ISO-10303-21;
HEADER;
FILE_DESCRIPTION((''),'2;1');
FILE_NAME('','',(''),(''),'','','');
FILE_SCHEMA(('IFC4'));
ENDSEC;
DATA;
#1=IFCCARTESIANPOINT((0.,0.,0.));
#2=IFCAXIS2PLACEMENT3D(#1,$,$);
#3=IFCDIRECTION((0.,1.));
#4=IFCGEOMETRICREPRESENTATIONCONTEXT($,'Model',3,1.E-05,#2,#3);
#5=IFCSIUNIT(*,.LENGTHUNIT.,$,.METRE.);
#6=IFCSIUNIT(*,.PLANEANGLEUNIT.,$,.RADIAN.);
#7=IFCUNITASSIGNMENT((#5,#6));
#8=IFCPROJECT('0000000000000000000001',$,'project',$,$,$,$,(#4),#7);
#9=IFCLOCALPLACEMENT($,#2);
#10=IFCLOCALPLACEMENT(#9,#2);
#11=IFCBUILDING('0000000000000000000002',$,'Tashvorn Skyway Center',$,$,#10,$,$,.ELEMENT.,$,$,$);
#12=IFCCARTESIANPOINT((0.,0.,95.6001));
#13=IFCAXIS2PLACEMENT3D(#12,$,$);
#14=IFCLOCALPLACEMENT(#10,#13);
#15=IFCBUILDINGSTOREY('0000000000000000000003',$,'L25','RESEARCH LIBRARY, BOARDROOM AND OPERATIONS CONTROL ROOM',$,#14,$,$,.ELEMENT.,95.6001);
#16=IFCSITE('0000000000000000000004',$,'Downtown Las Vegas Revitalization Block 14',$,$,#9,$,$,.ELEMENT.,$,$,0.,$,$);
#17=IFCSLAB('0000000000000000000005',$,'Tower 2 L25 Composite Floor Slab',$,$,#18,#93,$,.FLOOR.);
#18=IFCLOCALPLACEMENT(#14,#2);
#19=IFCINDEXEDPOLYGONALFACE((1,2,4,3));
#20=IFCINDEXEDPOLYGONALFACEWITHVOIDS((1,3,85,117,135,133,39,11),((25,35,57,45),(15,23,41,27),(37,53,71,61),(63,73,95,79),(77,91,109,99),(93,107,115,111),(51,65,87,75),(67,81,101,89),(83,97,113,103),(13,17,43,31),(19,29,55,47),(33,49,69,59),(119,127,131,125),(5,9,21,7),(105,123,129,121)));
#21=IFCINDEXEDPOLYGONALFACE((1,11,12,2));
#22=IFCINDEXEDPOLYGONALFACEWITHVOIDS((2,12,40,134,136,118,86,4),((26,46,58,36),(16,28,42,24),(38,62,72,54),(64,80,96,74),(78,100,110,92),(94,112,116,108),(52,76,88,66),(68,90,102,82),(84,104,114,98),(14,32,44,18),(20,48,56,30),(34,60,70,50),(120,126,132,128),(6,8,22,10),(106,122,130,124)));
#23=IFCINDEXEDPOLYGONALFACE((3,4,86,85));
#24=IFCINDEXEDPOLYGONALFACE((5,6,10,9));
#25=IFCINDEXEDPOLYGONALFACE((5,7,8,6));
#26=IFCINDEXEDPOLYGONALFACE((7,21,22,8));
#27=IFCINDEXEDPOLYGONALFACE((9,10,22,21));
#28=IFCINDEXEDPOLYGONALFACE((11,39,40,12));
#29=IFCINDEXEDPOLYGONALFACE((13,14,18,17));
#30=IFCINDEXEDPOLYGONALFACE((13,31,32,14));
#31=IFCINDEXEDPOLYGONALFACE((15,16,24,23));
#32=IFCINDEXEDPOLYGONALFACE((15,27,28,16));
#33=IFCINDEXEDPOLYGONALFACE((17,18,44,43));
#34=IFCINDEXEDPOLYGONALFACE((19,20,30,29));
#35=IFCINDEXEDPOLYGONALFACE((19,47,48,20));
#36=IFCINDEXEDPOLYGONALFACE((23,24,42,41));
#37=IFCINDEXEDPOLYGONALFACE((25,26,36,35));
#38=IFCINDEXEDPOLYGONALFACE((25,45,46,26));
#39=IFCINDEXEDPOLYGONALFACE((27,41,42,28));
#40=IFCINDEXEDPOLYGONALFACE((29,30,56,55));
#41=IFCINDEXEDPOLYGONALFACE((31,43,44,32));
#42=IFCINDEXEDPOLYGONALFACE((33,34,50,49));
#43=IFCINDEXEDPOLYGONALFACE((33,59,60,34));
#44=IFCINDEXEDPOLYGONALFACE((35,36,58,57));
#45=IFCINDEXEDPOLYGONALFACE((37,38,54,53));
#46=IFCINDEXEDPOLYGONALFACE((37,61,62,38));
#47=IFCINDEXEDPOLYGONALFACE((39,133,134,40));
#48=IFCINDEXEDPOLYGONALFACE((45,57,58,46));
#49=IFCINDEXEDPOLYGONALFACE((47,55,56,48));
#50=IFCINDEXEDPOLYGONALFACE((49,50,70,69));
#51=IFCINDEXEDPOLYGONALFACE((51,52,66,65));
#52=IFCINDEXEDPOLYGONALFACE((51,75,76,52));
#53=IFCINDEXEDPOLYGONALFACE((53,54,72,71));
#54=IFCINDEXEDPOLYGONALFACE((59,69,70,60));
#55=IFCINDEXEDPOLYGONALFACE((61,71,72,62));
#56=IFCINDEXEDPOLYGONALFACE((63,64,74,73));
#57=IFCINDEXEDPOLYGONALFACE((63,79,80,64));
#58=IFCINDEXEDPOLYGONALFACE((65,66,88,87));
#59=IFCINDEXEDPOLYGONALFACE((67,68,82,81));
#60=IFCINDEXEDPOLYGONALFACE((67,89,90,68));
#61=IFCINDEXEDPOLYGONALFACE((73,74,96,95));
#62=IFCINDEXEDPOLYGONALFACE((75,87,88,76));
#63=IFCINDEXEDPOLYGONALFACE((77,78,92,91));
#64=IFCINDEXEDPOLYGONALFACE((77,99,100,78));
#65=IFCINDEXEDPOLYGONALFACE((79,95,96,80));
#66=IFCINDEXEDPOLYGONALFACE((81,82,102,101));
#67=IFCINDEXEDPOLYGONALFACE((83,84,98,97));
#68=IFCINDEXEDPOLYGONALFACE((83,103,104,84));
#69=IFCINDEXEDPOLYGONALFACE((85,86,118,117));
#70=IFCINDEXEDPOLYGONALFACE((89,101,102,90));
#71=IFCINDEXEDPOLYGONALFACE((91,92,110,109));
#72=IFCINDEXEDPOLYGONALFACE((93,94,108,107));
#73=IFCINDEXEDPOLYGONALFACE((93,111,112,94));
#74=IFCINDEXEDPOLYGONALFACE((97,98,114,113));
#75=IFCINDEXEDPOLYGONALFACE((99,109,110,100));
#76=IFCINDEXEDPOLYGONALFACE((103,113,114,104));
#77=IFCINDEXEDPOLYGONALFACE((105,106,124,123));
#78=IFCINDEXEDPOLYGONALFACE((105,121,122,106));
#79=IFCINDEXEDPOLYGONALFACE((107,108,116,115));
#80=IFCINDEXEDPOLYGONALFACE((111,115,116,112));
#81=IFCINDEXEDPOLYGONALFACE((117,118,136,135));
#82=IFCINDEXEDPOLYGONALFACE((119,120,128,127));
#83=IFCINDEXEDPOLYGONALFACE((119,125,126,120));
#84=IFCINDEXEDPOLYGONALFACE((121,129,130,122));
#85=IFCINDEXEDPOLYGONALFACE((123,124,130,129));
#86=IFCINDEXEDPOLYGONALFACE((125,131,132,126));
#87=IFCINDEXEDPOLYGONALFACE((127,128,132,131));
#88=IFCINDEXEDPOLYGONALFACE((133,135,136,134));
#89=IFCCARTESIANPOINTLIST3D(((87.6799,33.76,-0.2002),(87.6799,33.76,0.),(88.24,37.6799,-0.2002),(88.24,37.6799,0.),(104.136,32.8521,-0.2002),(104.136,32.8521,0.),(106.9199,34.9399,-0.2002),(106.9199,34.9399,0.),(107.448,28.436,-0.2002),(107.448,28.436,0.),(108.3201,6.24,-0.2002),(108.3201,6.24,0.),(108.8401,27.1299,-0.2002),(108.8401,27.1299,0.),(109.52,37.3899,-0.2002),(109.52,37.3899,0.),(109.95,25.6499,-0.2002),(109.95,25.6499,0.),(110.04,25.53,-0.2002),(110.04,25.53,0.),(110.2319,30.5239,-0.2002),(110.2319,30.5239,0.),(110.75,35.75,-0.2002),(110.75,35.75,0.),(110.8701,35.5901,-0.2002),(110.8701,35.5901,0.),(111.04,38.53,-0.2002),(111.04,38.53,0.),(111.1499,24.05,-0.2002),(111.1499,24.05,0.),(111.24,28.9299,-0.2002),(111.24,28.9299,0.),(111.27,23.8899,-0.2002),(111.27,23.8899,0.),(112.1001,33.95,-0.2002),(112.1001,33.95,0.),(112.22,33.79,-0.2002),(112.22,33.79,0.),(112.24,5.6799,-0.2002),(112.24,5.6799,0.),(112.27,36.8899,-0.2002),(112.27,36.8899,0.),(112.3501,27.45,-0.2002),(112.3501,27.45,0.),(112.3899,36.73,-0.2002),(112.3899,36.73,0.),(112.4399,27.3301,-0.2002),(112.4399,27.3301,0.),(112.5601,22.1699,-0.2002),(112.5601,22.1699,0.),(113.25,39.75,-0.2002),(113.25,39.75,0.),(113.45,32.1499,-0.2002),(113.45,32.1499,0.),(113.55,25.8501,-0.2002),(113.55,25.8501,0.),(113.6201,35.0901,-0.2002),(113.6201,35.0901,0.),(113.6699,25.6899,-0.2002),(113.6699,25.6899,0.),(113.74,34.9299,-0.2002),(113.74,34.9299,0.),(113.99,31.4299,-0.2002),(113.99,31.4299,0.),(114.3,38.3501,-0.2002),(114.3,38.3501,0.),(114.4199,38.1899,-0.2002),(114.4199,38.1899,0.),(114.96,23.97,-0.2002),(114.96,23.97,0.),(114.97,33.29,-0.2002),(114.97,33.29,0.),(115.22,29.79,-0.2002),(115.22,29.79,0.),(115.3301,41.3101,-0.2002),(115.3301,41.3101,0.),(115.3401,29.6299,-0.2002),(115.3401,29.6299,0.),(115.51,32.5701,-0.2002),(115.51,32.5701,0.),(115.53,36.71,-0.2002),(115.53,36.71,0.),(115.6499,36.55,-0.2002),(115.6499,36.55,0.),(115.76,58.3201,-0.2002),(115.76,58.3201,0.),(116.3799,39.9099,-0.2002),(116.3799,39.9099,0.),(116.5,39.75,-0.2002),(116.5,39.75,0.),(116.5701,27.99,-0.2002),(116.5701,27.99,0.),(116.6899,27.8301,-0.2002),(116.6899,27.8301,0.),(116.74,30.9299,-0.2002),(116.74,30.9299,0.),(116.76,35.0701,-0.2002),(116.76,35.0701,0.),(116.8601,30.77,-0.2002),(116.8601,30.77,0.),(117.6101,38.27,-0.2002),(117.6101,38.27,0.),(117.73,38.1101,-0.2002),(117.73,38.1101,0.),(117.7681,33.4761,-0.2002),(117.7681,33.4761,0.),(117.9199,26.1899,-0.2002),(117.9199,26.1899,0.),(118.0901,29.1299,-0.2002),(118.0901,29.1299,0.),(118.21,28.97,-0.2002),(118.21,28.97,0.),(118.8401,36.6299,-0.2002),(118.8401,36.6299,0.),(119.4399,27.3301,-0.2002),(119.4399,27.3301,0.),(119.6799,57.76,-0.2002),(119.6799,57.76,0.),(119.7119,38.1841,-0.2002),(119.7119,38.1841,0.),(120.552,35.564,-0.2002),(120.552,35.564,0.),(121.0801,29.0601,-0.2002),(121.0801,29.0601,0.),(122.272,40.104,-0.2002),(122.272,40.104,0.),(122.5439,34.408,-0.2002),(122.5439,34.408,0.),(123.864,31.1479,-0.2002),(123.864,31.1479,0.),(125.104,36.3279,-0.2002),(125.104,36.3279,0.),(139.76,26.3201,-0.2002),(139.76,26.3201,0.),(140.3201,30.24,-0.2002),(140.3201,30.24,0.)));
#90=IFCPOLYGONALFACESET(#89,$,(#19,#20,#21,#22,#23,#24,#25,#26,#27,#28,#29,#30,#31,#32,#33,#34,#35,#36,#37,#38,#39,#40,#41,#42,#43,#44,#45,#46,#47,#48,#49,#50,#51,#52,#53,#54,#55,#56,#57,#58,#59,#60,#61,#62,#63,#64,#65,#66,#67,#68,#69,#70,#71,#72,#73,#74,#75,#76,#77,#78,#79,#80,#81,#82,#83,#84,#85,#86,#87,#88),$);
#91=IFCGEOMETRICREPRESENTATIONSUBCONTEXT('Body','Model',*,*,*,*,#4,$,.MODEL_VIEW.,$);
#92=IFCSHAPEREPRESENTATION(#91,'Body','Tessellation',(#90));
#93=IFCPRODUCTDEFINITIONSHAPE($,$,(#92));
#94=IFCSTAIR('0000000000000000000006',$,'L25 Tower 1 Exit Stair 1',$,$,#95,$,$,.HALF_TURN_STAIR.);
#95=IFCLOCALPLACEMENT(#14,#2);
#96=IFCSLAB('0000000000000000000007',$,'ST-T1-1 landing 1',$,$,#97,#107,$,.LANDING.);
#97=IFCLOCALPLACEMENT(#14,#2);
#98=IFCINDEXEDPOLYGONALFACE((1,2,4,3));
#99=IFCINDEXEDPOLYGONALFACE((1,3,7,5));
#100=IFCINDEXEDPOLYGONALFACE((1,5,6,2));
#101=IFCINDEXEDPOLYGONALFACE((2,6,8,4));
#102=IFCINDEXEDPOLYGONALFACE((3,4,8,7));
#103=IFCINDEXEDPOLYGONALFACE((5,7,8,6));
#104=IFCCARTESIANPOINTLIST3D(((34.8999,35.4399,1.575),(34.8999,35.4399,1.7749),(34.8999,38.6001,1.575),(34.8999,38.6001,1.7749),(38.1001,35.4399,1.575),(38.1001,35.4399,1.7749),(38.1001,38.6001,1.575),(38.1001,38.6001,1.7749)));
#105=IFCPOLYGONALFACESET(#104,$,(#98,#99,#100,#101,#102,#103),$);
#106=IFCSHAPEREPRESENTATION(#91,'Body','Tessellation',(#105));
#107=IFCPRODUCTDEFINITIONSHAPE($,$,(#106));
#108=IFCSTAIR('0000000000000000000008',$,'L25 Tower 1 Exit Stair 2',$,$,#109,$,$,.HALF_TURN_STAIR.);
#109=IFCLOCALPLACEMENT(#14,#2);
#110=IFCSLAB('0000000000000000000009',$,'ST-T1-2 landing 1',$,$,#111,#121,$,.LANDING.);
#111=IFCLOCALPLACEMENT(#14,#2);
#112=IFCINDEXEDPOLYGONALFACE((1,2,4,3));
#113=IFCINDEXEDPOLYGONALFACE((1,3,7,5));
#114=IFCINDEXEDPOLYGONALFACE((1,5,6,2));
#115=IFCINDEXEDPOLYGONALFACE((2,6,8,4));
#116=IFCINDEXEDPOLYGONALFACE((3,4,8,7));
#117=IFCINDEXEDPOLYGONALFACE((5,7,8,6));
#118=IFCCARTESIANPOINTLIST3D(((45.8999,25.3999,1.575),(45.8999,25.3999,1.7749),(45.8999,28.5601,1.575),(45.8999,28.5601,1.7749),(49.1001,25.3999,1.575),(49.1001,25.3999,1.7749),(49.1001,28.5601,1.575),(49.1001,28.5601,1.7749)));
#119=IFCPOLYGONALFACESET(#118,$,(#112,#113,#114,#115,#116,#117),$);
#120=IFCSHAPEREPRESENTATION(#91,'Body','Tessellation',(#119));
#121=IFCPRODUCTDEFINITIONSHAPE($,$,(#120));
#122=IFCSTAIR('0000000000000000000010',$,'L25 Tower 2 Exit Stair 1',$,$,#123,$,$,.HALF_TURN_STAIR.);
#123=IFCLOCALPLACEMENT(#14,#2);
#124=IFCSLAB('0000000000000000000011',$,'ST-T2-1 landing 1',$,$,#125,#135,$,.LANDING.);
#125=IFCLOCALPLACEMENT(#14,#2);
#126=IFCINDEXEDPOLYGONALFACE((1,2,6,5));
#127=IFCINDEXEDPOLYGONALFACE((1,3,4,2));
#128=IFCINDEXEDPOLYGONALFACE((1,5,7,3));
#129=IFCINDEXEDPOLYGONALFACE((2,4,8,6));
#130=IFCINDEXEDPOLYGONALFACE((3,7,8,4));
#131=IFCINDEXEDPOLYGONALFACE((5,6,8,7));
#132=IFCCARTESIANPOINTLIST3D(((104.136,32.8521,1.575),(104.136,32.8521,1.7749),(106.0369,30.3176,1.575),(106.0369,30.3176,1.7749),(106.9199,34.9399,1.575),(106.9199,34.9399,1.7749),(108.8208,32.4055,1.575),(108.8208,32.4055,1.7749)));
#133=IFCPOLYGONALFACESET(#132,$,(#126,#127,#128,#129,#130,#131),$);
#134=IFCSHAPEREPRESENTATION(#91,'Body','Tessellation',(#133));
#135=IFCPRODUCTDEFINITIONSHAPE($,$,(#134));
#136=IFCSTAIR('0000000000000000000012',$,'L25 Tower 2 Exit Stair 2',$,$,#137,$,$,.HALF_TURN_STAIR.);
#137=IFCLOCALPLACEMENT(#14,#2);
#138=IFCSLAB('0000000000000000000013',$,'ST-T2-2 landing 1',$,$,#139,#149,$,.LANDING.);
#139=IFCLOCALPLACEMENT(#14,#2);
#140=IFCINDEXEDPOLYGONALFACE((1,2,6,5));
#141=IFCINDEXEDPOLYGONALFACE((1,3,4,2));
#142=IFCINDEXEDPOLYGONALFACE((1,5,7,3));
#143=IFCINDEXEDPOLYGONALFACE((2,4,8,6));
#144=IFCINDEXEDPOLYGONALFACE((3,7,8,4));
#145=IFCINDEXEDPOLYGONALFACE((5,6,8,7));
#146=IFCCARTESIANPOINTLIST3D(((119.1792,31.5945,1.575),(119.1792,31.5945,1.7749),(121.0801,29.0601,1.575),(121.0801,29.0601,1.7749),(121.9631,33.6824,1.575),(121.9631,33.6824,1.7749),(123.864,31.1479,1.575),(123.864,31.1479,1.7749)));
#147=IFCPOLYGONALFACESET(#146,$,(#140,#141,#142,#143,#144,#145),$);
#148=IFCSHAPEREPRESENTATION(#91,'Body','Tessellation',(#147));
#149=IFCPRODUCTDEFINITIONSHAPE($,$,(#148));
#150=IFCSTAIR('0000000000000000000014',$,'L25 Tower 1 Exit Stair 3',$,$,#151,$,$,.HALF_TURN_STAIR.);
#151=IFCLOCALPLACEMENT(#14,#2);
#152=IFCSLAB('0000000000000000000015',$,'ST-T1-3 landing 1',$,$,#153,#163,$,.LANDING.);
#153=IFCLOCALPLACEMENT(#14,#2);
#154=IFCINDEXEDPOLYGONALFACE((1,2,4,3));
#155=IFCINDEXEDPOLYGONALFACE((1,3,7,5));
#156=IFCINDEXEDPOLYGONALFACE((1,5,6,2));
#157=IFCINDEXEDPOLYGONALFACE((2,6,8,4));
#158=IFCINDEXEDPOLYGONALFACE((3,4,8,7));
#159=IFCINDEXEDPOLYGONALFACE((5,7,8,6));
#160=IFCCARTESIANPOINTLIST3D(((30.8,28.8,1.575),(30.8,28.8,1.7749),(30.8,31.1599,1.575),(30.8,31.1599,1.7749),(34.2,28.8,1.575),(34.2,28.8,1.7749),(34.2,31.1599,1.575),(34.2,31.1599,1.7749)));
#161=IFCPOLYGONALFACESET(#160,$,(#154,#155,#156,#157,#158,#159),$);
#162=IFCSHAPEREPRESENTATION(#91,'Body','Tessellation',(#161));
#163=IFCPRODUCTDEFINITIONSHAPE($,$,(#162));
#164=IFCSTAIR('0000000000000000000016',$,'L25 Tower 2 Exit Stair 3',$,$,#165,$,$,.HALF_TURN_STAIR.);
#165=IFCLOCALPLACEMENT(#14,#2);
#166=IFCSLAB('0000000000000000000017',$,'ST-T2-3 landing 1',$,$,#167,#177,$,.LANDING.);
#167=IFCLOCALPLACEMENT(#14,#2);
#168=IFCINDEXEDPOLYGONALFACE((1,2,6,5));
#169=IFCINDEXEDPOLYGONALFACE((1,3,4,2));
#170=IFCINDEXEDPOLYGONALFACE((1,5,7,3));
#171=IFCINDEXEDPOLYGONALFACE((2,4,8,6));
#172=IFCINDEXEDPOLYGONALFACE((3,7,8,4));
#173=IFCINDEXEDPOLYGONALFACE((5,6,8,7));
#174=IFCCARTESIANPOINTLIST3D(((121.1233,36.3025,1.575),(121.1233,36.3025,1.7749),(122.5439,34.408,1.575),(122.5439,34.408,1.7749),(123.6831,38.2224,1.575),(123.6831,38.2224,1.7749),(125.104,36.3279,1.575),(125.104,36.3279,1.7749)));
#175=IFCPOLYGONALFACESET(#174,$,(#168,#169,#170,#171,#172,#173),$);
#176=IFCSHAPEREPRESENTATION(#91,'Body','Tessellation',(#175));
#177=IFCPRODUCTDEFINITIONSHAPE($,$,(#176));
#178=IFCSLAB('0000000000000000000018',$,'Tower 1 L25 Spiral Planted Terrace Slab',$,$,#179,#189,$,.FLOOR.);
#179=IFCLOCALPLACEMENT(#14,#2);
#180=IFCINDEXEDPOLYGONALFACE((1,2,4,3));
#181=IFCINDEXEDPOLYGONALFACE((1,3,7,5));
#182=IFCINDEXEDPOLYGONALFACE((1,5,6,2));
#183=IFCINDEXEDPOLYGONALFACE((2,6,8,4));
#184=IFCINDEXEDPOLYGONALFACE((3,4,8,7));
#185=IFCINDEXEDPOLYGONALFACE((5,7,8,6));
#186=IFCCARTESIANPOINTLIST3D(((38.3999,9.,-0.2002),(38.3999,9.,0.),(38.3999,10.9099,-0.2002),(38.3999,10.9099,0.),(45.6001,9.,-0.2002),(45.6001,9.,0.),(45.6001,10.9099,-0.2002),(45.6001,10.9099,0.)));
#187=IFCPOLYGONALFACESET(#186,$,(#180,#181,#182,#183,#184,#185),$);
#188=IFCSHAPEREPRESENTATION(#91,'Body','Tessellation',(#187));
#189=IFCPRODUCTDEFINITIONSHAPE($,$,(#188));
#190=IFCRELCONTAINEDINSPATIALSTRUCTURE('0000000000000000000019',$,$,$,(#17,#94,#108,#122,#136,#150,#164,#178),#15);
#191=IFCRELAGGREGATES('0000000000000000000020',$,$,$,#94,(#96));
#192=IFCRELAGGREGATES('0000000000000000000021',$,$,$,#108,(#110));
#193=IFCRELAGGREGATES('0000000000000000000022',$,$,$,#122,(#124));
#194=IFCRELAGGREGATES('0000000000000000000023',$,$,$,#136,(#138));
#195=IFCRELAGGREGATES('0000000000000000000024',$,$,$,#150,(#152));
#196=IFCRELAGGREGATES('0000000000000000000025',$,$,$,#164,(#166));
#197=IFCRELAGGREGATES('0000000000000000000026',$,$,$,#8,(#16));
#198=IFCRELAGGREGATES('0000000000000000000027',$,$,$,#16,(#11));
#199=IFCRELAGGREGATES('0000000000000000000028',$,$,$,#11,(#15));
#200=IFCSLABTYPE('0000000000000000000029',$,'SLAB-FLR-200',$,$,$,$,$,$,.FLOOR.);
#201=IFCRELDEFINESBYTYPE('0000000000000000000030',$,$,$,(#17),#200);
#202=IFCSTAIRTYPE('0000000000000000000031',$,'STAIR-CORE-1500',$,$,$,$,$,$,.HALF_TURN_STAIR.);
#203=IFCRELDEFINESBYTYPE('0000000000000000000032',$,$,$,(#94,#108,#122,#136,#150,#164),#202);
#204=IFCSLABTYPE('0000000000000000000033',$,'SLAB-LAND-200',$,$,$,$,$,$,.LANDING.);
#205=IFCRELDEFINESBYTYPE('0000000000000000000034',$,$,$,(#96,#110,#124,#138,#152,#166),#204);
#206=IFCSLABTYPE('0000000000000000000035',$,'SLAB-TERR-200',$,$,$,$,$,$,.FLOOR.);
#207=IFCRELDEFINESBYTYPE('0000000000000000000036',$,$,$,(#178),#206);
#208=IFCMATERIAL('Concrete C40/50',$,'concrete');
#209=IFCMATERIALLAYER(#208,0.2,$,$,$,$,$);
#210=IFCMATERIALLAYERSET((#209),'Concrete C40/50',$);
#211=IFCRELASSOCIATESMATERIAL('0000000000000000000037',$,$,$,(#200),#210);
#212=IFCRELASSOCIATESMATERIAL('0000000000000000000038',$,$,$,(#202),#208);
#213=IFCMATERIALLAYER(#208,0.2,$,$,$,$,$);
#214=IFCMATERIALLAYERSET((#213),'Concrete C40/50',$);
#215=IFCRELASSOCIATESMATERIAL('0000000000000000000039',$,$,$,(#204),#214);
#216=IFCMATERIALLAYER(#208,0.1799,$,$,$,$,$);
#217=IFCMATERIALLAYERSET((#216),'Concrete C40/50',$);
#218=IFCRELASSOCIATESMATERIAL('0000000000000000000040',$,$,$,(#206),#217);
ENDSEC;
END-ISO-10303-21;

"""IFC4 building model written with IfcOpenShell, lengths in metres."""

from ifc_helpers import new_model, si_unit, direction, frame, origin, place, context, subcontext, project, spatial, polyline, outline, extrude, material, layer, layer_set, type_object, element, aggregate, save


model = new_model("IFC4")

# Units and contexts
model_context = context("Model", 3, precision=1e-05, world=origin(), true_north=direction((0.0, 1.0)))
body_context = subcontext(model_context, "Body", "Model", "MODEL_VIEW")
ifc_project = project(units=[si_unit("LENGTHUNIT", "METRE"), si_unit("PLANEANGLEUNIT", "RADIAN")], contexts=[model_context])

# Site, building, storey
site_placement = place(None, origin())
site = spatial("IfcSite", under=ifc_project, at=site_placement, Name="Downtown Las Vegas Revitalization Block 14", CompositionType="ELEMENT", RefElevation=0.0)
building_placement = place(site_placement, origin())
building = spatial("IfcBuilding", under=site, at=building_placement, Name="Tashvorn Skyway Center", CompositionType="ELEMENT")
storey_placement = place(building_placement, frame((0.0, 0.0, 95.6001)))
storey = spatial("IfcBuildingStorey", under=building, at=storey_placement, Name="L25", Description="RESEARCH LIBRARY, BOARDROOM AND OPERATIONS CONTROL ROOM", CompositionType="ELEMENT", Elevation=95.6001)

# Slab
ifc_material_1 = material(Name="Concrete C40/50", Category="concrete")
ifc_layer_1 = layer(ifc_material_1, 0.2)
ifc_layer_set_1 = layer_set([ifc_layer_1], Name="Concrete C40/50")
slab_type_1 = type_object("IfcSlabType", Name="SLAB-FLR-200", PredefinedType="FLOOR", material=ifc_layer_set_1)
slab_1_placement = place(storey_placement, frame((0.0, 0.0, -0.2002)))
element("IfcSlab", 1, at=slab_1_placement, inside=storey, type_object=slab_type_1, Name="Tower 2 L25 Composite Floor Slab", PredefinedType="FLOOR", context=body_context, shape_type="SweptSolid", body=[
    extrude(outline(polyline([(112.24, 5.6799), (139.76, 26.3201), (140.3201, 30.24), (119.6799, 57.76), (115.76, 58.3201), (88.24, 37.6799), (87.6799, 33.76), (108.3201, 6.24), (112.24, 5.6799)]), holes=[polyline([(110.2319, 30.5239), (106.9199, 34.9399), (104.136, 32.8521), (107.448, 28.436), (110.2319, 30.5239)]), polyline([(117.7681, 33.4761), (121.0801, 29.0601), (123.864, 31.1479), (120.552, 35.564), (117.7681, 33.4761)]), polyline([(119.7119, 38.1841), (122.5439, 34.408), (125.104, 36.3279), (122.272, 40.104), (119.7119, 38.1841)]), polyline([(109.95, 25.6499), (112.3501, 27.45), (111.24, 28.9299), (108.8401, 27.1299), (109.95, 25.6499)]), polyline([(111.1499, 24.05), (113.55, 25.8501), (112.4399, 27.3301), (110.04, 25.53), (111.1499, 24.05)]), polyline([(112.5601, 22.1699), (114.96, 23.97), (113.6699, 25.6899), (111.27, 23.8899), (112.5601, 22.1699)]), polyline([(117.9199, 26.1899), (119.4399, 27.3301), (118.21, 28.97), (116.6899, 27.8301), (117.9199, 26.1899)]), polyline([(116.5701, 27.99), (118.0901, 29.1299), (116.8601, 30.77), (115.3401, 29.6299), (116.5701, 27.99)]), polyline([(115.22, 29.79), (116.74, 30.9299), (115.51, 32.5701), (113.99, 31.4299), (115.22, 29.79)]), polyline([(113.45, 32.1499), (114.97, 33.29), (113.74, 34.9299), (112.22, 33.79), (113.45, 32.1499)]), polyline([(112.1001, 33.95), (113.6201, 35.0901), (112.3899, 36.73), (110.8701, 35.5901), (112.1001, 33.95)]), polyline([(110.75, 35.75), (112.27, 36.8899), (111.04, 38.53), (109.52, 37.3899), (110.75, 35.75)]), polyline([(116.76, 35.0701), (118.8401, 36.6299), (117.73, 38.1101), (115.6499, 36.55), (116.76, 35.0701)]), polyline([(115.53, 36.71), (117.6101, 38.27), (116.5, 39.75), (114.4199, 38.1899), (115.53, 36.71)]), polyline([(114.3, 38.3501), (116.3799, 39.9099), (115.3301, 41.3101), (113.25, 39.75), (114.3, 38.3501)])]), origin(), (0.0, 0.0, 1.0), 0.2002),
])

# Stairs, slabs
stair_type = type_object("IfcStairType", Name="STAIR-CORE-1500", PredefinedType="HALF_TURN_STAIR", material=ifc_material_1)
stair_1_placement = place(storey_placement, origin())
stair_1 = element("IfcStair", 2, at=stair_1_placement, inside=storey, type_object=stair_type, Name="L25 Tower 1 Exit Stair 1", PredefinedType="HALF_TURN_STAIR")
ifc_layer_2 = layer(ifc_material_1, 0.2)
ifc_layer_set_2 = layer_set([ifc_layer_2], Name="Concrete C40/50")
slab_type_2 = type_object("IfcSlabType", Name="SLAB-LAND-200", PredefinedType="LANDING", material=ifc_layer_set_2)
slab_2_placement = place(storey_placement, frame((0.0, 0.0, 1.575)))
slab_2 = element("IfcSlab", 3, at=slab_2_placement, type_object=slab_type_2, Name="ST-T1-1 landing 1", PredefinedType="LANDING", context=body_context, shape_type="SweptSolid", body=[
    extrude(outline(polyline([(38.1001, 35.4399), (38.1001, 38.6001), (34.8999, 38.6001), (34.8999, 35.4399), (38.1001, 35.4399)])), origin(), (0.0, 0.0, 1.0), 0.2),
])
aggregate(stair_1, [slab_2])
stair_2_placement = place(storey_placement, origin())
stair_2 = element("IfcStair", 4, at=stair_2_placement, inside=storey, type_object=stair_type, Name="L25 Tower 1 Exit Stair 2", PredefinedType="HALF_TURN_STAIR")
slab_3_placement = place(storey_placement, frame((0.0, 0.0, 1.575)))
slab_3 = element("IfcSlab", 5, at=slab_3_placement, type_object=slab_type_2, Name="ST-T1-2 landing 1", PredefinedType="LANDING", context=body_context, shape_type="SweptSolid", body=[
    extrude(outline(polyline([(45.8999, 28.5601), (45.8999, 25.3999), (49.1001, 25.3999), (49.1001, 28.5601), (45.8999, 28.5601)])), origin(), (0.0, 0.0, 1.0), 0.2),
])
aggregate(stair_2, [slab_3])
stair_3_placement = place(storey_placement, origin())
stair_3 = element("IfcStair", 6, at=stair_3_placement, inside=storey, type_object=stair_type, Name="L25 Tower 2 Exit Stair 1", PredefinedType="HALF_TURN_STAIR")
slab_4_placement = place(storey_placement, frame((0.0, 0.0, 1.575)))
slab_4 = element("IfcSlab", 7, at=slab_4_placement, type_object=slab_type_2, Name="ST-T2-1 landing 1", PredefinedType="LANDING", context=body_context, shape_type="SweptSolid", body=[
    extrude(outline(polyline([(108.8208, 32.4055), (106.9199, 34.9399), (104.136, 32.8521), (106.0369, 30.3176), (108.8208, 32.4055)])), origin(), (0.0, 0.0, 1.0), 0.2),
])
aggregate(stair_3, [slab_4])
stair_4_placement = place(storey_placement, origin())
stair_4 = element("IfcStair", 8, at=stair_4_placement, inside=storey, type_object=stair_type, Name="L25 Tower 2 Exit Stair 2", PredefinedType="HALF_TURN_STAIR")
slab_5_placement = place(storey_placement, frame((0.0, 0.0, 1.575)))
slab_5 = element("IfcSlab", 9, at=slab_5_placement, type_object=slab_type_2, Name="ST-T2-2 landing 1", PredefinedType="LANDING", context=body_context, shape_type="SweptSolid", body=[
    extrude(outline(polyline([(119.1792, 31.5945), (121.0801, 29.0601), (123.864, 31.1479), (121.9631, 33.6824), (119.1792, 31.5945)])), origin(), (0.0, 0.0, 1.0), 0.2),
])
aggregate(stair_4, [slab_5])
stair_5_placement = place(storey_placement, origin())
stair_5 = element("IfcStair", 10, at=stair_5_placement, inside=storey, type_object=stair_type, Name="L25 Tower 1 Exit Stair 3", PredefinedType="HALF_TURN_STAIR")
slab_6_placement = place(storey_placement, frame((0.0, 0.0, 1.575)))
slab_6 = element("IfcSlab", 11, at=slab_6_placement, type_object=slab_type_2, Name="ST-T1-3 landing 1", PredefinedType="LANDING", context=body_context, shape_type="SweptSolid", body=[
    extrude(outline(polyline([(30.8, 31.1599), (30.8, 28.8), (34.2, 28.8), (34.2, 31.1599), (30.8, 31.1599)])), origin(), (0.0, 0.0, 1.0), 0.2),
])
aggregate(stair_5, [slab_6])
stair_6_placement = place(storey_placement, origin())
stair_6 = element("IfcStair", 12, at=stair_6_placement, inside=storey, type_object=stair_type, Name="L25 Tower 2 Exit Stair 3", PredefinedType="HALF_TURN_STAIR")
slab_7_placement = place(storey_placement, frame((0.0, 0.0, 1.575)))
slab_7 = element("IfcSlab", 13, at=slab_7_placement, type_object=slab_type_2, Name="ST-T2-3 landing 1", PredefinedType="LANDING", context=body_context, shape_type="SweptSolid", body=[
    extrude(outline(polyline([(121.1233, 36.3025), (122.5439, 34.408), (125.104, 36.3279), (123.6831, 38.2224), (121.1233, 36.3025)])), origin(), (0.0, 0.0, 1.0), 0.2),
])
aggregate(stair_6, [slab_7])

# Slab
ifc_layer_3 = layer(ifc_material_1, 0.1799)
ifc_layer_set_3 = layer_set([ifc_layer_3], Name="Concrete C40/50")
slab_type_3 = type_object("IfcSlabType", Name="SLAB-TERR-200", PredefinedType="FLOOR", material=ifc_layer_set_3)
slab_8_placement = place(storey_placement, frame((0.0, 0.0, -0.2002)))
element("IfcSlab", 14, at=slab_8_placement, inside=storey, type_object=slab_type_3, Name="Tower 1 L25 Spiral Planted Terrace Slab", PredefinedType="FLOOR", context=body_context, shape_type="SweptSolid", body=[
    extrude(outline(polyline([(38.3999, 9.0), (45.6001, 9.0), (45.6001, 10.9099), (38.3999, 10.9099), (38.3999, 9.0)])), origin(), (0.0, 0.0, 1.0), 0.2002),
])

save(model, "model.ifc")
